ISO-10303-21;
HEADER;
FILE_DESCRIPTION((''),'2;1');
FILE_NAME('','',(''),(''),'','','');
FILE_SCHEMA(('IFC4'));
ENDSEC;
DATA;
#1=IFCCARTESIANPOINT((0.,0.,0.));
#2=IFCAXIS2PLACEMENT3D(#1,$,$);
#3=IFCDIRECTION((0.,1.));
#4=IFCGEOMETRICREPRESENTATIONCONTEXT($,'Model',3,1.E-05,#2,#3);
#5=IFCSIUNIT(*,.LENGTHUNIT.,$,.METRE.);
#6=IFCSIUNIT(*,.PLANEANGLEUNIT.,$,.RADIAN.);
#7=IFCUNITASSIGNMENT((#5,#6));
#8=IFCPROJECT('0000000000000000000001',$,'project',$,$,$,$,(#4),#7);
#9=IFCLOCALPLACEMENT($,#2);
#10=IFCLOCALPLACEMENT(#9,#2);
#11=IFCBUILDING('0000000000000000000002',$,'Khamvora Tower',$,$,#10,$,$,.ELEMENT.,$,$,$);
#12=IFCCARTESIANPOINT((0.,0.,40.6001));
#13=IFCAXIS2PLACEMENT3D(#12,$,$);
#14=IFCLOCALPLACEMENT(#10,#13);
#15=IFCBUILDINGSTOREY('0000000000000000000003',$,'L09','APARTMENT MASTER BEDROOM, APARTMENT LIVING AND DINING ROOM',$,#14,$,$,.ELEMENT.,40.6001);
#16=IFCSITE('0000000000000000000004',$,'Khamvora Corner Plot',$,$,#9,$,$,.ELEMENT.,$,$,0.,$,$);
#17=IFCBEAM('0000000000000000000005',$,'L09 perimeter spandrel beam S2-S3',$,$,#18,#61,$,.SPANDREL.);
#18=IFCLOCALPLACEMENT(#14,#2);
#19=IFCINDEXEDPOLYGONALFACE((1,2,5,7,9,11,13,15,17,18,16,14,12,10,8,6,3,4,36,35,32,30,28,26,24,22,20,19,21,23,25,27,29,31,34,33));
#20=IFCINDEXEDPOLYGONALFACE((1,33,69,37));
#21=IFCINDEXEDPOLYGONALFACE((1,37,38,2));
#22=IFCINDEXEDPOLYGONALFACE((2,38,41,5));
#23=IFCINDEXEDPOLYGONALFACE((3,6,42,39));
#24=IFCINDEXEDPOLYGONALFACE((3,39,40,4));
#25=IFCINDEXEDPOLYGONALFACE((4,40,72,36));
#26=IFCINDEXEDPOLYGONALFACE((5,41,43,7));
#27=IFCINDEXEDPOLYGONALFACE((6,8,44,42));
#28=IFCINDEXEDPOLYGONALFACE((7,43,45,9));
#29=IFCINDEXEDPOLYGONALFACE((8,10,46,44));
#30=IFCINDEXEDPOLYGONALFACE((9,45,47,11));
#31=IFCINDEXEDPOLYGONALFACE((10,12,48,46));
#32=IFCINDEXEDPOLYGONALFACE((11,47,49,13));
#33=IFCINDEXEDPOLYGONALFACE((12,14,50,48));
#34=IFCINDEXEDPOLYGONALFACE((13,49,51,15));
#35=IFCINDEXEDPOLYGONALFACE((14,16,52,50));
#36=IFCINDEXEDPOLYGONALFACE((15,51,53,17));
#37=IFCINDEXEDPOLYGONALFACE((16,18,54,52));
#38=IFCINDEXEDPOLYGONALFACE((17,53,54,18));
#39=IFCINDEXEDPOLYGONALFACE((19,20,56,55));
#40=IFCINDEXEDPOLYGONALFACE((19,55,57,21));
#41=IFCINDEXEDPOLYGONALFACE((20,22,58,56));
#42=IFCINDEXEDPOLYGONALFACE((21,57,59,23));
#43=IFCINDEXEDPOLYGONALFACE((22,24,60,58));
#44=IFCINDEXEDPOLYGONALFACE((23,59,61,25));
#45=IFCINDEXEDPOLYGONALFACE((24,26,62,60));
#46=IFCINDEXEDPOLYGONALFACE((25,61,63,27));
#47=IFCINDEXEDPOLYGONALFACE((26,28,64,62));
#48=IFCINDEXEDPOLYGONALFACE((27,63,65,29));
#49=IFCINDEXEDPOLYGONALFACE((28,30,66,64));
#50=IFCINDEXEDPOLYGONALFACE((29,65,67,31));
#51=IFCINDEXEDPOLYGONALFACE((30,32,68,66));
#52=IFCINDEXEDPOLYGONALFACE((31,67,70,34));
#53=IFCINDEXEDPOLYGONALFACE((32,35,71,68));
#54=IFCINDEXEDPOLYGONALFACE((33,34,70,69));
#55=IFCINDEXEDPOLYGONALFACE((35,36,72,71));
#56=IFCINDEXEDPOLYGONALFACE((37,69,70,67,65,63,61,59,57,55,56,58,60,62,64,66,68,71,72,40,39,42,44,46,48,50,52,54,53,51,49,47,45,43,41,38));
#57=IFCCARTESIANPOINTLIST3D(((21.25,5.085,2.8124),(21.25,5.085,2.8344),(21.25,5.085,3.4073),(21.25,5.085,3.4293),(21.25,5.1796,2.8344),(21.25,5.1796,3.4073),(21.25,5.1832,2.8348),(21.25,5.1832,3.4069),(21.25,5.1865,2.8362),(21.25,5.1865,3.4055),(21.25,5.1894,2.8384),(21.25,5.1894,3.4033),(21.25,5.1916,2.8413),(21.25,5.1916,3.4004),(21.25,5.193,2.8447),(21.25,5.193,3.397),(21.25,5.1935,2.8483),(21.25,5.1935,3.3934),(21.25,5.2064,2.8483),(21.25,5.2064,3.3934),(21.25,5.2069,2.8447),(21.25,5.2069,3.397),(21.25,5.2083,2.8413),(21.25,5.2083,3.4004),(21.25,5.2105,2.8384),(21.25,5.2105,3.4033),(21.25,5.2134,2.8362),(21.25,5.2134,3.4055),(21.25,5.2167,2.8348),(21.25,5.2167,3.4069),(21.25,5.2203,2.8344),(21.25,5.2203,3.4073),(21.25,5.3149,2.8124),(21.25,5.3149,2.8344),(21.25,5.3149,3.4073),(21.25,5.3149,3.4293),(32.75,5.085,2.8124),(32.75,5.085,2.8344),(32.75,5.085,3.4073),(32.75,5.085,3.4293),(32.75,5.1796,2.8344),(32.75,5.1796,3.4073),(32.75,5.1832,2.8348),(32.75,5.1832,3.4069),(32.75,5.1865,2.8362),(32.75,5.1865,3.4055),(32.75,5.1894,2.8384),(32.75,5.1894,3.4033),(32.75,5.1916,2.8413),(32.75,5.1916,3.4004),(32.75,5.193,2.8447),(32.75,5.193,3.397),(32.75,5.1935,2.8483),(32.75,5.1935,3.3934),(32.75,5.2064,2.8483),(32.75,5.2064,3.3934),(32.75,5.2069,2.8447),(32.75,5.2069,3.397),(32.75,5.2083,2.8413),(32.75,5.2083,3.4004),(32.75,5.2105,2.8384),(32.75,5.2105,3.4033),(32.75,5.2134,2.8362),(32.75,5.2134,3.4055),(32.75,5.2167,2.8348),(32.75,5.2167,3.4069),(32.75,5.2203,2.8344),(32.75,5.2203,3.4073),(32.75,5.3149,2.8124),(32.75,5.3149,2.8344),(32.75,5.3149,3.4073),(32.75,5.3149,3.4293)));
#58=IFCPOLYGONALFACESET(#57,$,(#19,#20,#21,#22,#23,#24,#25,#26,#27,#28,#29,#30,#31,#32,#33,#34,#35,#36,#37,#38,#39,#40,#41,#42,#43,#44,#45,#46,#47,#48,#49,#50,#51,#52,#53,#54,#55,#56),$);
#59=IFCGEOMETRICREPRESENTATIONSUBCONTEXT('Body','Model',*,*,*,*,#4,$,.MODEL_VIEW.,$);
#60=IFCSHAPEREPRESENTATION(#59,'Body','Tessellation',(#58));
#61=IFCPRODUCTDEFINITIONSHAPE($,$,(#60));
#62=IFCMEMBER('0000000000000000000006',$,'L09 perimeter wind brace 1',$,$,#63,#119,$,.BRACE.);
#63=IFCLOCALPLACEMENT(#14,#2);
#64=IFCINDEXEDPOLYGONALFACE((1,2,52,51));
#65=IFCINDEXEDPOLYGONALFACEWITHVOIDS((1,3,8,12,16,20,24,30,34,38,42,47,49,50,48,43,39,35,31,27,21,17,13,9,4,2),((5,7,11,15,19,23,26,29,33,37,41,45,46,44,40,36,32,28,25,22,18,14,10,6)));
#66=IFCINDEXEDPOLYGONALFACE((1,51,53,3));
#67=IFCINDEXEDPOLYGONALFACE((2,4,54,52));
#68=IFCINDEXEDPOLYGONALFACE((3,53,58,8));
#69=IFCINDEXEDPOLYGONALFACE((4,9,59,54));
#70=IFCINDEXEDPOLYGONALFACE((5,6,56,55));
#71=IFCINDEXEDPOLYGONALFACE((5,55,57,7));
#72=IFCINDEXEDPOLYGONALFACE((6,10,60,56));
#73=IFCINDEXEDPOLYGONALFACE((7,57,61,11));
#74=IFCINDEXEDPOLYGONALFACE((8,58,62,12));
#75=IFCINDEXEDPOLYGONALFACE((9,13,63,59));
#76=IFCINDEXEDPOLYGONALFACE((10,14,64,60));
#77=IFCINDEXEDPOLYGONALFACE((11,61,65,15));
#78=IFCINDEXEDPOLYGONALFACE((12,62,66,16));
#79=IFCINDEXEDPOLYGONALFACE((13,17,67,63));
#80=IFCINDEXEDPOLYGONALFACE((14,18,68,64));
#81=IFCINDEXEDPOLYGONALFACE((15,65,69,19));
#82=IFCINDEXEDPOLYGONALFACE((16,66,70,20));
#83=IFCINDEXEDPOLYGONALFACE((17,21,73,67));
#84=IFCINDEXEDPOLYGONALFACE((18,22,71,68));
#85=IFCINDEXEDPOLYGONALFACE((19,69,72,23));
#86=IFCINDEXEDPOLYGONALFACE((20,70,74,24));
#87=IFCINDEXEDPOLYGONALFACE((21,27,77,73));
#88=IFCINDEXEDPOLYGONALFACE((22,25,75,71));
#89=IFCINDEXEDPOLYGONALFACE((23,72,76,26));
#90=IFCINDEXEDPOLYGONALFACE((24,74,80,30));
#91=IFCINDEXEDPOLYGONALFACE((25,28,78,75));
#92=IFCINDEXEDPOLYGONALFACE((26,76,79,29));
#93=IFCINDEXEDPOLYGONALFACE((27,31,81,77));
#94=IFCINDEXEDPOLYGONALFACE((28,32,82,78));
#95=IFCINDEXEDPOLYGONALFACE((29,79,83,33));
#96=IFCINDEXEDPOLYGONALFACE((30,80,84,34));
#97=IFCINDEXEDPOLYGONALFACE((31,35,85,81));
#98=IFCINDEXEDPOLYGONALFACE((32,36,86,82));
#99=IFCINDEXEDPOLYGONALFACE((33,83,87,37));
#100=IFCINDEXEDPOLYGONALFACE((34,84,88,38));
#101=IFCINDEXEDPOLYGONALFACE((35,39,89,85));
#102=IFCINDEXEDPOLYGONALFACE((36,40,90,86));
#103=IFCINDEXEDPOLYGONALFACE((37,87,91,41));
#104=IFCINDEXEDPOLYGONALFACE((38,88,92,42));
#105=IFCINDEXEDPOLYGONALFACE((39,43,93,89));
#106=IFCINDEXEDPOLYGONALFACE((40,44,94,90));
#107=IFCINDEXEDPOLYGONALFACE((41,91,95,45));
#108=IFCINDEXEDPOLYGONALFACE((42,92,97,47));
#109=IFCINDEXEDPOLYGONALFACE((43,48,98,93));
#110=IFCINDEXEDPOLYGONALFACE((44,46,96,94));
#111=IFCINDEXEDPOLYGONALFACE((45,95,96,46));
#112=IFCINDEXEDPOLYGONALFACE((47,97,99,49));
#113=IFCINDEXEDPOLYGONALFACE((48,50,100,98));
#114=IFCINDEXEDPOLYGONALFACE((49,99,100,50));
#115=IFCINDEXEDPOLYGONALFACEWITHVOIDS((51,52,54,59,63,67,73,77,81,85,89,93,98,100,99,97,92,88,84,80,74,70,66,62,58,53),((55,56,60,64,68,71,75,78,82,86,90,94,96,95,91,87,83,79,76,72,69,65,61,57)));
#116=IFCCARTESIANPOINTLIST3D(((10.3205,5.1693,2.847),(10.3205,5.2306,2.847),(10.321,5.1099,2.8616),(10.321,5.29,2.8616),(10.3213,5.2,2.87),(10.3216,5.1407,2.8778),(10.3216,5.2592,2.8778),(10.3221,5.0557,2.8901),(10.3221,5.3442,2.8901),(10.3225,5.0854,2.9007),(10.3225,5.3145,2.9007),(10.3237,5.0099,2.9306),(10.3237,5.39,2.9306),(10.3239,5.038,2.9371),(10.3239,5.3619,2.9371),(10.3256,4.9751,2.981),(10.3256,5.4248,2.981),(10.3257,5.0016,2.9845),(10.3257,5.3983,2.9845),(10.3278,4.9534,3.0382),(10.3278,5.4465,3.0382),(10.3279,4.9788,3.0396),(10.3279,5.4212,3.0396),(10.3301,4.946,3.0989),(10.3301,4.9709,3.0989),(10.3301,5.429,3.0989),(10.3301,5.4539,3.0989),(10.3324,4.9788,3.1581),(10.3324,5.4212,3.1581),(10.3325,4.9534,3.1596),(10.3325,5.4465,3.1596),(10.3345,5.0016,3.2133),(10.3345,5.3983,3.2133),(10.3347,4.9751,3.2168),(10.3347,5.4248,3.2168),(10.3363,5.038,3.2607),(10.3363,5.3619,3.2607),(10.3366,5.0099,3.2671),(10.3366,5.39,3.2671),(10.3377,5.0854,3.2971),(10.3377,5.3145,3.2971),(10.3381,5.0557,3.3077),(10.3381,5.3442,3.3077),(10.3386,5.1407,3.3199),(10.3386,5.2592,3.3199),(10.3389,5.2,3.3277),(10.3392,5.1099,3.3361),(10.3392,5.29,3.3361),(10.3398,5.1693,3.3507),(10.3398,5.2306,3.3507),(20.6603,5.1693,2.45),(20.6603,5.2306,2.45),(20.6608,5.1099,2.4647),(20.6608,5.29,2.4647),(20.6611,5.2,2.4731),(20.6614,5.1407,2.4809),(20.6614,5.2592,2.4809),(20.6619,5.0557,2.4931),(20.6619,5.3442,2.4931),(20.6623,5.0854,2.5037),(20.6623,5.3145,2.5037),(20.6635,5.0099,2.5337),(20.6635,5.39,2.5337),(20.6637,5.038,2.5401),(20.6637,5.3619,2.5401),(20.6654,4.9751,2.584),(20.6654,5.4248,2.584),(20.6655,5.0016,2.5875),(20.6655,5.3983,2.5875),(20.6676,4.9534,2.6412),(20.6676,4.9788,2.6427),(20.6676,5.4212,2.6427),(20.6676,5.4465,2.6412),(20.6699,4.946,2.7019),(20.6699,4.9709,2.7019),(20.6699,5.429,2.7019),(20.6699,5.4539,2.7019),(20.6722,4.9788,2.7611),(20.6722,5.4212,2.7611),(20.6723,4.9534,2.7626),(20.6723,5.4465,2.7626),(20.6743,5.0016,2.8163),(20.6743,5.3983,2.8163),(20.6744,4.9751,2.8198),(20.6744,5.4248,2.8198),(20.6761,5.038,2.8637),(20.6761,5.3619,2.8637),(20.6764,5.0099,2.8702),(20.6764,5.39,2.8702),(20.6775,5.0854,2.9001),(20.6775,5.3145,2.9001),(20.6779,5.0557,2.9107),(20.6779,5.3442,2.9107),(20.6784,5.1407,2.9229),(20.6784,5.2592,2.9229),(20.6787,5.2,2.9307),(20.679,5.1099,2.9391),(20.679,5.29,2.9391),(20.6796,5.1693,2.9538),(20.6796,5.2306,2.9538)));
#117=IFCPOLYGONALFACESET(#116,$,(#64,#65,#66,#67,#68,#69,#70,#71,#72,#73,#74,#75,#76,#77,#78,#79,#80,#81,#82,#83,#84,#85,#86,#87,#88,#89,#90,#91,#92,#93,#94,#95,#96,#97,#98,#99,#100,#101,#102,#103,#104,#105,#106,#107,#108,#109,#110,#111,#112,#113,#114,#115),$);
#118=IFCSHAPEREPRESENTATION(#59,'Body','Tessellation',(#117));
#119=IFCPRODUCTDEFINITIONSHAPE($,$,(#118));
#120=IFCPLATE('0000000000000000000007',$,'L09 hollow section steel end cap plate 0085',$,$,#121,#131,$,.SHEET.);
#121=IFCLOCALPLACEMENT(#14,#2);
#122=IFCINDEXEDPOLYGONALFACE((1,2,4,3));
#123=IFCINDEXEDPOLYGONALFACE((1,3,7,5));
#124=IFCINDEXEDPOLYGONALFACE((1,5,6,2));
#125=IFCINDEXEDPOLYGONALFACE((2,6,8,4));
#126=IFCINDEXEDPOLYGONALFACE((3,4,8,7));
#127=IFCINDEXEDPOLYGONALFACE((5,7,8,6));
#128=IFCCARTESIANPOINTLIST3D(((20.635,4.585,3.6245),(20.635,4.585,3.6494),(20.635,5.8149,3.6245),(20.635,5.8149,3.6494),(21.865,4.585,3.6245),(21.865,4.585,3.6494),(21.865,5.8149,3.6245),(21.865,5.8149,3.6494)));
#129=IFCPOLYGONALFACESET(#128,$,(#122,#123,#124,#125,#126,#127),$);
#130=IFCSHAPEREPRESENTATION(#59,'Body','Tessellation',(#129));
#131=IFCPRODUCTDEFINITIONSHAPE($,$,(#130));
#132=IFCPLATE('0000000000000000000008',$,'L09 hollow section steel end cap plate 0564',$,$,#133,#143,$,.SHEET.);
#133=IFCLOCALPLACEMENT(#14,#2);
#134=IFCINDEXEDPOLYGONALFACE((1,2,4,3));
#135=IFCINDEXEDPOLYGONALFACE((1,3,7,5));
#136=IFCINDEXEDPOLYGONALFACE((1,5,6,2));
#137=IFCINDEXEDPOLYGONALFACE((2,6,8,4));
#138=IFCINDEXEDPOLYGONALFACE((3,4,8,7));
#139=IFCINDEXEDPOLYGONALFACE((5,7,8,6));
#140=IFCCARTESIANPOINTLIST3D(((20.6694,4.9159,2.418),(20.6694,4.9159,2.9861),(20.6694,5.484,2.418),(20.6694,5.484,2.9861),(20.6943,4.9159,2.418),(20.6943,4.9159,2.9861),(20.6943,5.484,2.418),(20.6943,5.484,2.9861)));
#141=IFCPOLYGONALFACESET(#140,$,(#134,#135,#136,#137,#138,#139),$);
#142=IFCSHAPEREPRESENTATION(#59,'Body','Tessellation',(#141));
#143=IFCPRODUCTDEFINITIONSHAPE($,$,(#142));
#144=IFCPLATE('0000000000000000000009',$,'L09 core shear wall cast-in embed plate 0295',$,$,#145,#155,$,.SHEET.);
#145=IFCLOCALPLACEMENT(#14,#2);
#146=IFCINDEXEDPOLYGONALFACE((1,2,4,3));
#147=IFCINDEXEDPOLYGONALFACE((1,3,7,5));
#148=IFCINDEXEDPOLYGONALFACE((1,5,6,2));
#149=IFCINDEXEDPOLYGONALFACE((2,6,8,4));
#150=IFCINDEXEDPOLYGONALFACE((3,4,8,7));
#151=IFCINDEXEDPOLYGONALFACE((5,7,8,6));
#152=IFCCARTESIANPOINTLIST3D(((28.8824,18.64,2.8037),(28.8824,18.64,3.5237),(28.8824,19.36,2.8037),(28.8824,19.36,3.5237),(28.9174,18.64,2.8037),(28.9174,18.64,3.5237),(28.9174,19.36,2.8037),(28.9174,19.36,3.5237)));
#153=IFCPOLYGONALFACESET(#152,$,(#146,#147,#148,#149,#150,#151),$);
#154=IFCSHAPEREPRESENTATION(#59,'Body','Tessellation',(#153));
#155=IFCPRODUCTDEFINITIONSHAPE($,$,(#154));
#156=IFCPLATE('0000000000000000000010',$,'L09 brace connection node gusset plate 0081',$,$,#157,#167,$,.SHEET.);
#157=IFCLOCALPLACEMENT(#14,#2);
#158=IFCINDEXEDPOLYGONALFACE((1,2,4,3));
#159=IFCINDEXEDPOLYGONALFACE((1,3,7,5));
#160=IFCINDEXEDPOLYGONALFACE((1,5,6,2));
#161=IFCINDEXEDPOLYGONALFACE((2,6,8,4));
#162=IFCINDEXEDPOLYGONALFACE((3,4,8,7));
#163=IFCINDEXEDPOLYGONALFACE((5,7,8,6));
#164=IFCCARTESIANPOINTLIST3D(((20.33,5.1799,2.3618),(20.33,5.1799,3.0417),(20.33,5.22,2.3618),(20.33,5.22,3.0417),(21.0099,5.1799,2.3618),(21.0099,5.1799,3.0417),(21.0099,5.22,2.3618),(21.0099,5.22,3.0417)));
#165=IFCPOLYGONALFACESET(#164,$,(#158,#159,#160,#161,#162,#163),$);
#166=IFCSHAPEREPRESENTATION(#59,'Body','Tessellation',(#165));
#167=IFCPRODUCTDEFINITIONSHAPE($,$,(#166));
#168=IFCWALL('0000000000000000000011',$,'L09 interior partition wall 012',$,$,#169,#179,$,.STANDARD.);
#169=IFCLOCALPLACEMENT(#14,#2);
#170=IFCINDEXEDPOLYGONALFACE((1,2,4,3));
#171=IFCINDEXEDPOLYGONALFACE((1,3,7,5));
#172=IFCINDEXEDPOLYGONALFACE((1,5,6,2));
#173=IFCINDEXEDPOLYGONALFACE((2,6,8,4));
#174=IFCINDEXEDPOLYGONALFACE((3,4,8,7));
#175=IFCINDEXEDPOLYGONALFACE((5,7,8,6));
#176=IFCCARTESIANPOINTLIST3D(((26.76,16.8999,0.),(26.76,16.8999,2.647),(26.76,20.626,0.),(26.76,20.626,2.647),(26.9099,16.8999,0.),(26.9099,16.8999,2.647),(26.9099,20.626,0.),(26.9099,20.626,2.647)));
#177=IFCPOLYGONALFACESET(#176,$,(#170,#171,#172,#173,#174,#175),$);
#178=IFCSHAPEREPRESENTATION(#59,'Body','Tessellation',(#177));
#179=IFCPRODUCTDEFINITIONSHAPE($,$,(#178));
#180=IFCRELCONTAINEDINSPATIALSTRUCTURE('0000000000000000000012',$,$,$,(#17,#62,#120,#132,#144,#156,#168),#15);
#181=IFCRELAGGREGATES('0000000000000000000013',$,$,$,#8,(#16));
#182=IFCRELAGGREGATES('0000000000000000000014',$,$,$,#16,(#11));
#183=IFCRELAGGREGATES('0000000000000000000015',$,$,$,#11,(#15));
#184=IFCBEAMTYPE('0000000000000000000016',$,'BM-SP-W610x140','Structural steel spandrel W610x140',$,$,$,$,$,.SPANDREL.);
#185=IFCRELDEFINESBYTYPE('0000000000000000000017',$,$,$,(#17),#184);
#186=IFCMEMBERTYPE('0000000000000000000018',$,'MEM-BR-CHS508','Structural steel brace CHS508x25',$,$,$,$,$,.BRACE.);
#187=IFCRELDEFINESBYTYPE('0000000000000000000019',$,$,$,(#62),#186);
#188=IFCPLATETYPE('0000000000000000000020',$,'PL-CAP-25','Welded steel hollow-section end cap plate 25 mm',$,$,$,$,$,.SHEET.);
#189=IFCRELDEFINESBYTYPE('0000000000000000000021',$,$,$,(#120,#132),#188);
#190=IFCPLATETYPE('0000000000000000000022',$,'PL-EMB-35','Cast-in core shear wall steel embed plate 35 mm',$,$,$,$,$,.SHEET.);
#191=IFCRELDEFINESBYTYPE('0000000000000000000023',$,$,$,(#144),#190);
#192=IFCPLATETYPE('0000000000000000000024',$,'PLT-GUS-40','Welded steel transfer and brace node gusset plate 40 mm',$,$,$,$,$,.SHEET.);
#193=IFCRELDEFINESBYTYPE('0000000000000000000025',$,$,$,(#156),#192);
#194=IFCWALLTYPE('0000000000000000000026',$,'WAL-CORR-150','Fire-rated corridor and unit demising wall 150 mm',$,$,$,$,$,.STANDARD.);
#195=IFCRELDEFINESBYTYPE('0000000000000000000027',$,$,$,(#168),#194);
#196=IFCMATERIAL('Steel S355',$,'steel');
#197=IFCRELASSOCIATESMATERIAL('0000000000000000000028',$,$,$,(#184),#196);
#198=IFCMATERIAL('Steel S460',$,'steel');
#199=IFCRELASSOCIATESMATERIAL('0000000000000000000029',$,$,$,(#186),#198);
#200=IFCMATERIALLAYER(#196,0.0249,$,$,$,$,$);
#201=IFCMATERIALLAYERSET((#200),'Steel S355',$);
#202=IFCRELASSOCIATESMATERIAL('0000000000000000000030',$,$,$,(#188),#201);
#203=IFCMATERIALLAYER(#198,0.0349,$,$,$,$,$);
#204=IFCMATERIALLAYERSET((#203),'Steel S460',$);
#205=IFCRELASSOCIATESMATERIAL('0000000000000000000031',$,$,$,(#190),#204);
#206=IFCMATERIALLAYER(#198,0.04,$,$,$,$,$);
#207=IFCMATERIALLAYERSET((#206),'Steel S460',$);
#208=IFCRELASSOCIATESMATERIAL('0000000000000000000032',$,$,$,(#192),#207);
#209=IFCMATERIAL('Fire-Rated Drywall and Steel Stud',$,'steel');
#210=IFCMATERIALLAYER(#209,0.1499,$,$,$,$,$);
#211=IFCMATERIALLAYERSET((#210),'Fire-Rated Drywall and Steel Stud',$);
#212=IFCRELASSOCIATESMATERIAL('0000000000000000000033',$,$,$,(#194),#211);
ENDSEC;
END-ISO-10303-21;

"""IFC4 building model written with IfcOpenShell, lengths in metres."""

from ifc_helpers import new_model, si_unit, direction, frame, frame_2d, origin, origin_2d, place, context, subcontext, project, spatial, rectangle, hollow_circle, i_section, extrude, material, layer, layer_set, material_profile, profile_set, type_object, element, save


model = new_model("IFC4")

# Units and contexts
model_context = context("Model", 3, precision=1e-05, world=origin(), true_north=direction((0.0, 1.0)))
body_context = subcontext(model_context, "Body", "Model", "MODEL_VIEW")
ifc_project = project(units=[si_unit("LENGTHUNIT", "METRE"), si_unit("PLANEANGLEUNIT", "RADIAN")], contexts=[model_context])

# Site, building, storey
site_placement = place(None, origin())
site = spatial("IfcSite", under=ifc_project, at=site_placement, Name="Khamvora Corner Plot", CompositionType="ELEMENT", RefElevation=0.0)
building_placement = place(site_placement, origin())
building = spatial("IfcBuilding", under=site, at=building_placement, Name="Khamvora Tower", CompositionType="ELEMENT")
storey_placement = place(building_placement, frame((0.0, 0.0, 40.6001)))
storey = spatial("IfcBuildingStorey", under=building, at=storey_placement, Name="L09", Description="APARTMENT MASTER BEDROOM, APARTMENT LIVING AND DINING ROOM", CompositionType="ELEMENT", Elevation=40.6001)

# Shared definitions
ifc_material_1 = material(Name="Steel S460", Category="steel")

# Beam
ifc_material_2 = material(Name="Steel S355", Category="steel")
ifc_material_profile_1 = material_profile(ifc_material_2, i_section(OverallWidth=0.23, OverallDepth=0.6169, WebThickness=0.0129, FlangeThickness=0.022, FilletRadius=0.0139, at=origin_2d()), Name="W610x140")
ifc_profile_set_1 = profile_set([ifc_material_profile_1], Name="Steel S355")
beam_type_1 = type_object("IfcBeamType", Name="BM-SP-W610x140", Description="Structural steel spandrel W610x140", PredefinedType="SPANDREL", material=ifc_profile_set_1)
beam_1_placement = place(storey_placement, frame((21.25, 5.2, 3.1208), z_axis=(1.0, 0.0, 0.0), x_axis=(0.0, 1.0, 0.0)))
element("IfcBeam", 1, at=beam_1_placement, inside=storey, type_object=beam_type_1, Name="L09 perimeter spandrel beam S2-S3", PredefinedType="SPANDREL", context=body_context, shape_type="SweptSolid", body=[
    extrude(i_section(OverallWidth=0.23, OverallDepth=0.6169, WebThickness=0.0129, FlangeThickness=0.022, FilletRadius=0.0139, at=origin_2d()), origin(), (0.0, 0.0, 1.0), 11.5),
])

# Member
ifc_material_profile_2 = material_profile(ifc_material_1, hollow_circle(Radius=0.2539, WallThickness=0.0249, at=origin_2d()), Name="CHS508x25")
ifc_profile_set_2 = profile_set([ifc_material_profile_2], Name="Steel S460")
member_type = type_object("IfcMemberType", Name="MEM-BR-CHS508", Description="Structural steel brace CHS508x25", PredefinedType="BRACE", material=ifc_profile_set_2)
member_placement = place(storey_placement, frame((20.6699, 5.2, 2.7019), z_axis=(-0.999264, 0.0, 0.038364), x_axis=(0.0, -1.0, 0.0)))
element("IfcMember", 2, at=member_placement, inside=storey, type_object=member_type, Name="L09 perimeter wind brace 1", PredefinedType="BRACE", context=body_context, shape_type="SweptSolid", body=[
    extrude(hollow_circle(Radius=0.2539, WallThickness=0.0249, at=origin_2d()), origin(), (0.0, 0.0, 1.0), 10.3474),
])

# Plates
ifc_layer_1 = layer(ifc_material_2, 0.0249)
ifc_layer_set_1 = layer_set([ifc_layer_1], Name="Steel S355")
plate_type_1 = type_object("IfcPlateType", Name="PL-CAP-25", Description="Welded steel hollow-section end cap plate 25 mm", PredefinedType="SHEET", material=ifc_layer_set_1)
plate_1_placement = place(storey_placement, frame((21.25, 5.2, 3.6245), z_axis=(0.0, 0.0, 1.0), x_axis=(1.0, 0.0, 0.0)))
element("IfcPlate", 3, at=plate_1_placement, inside=storey, type_object=plate_type_1, Name="L09 hollow section steel end cap plate 0085", PredefinedType="SHEET", context=body_context, shape_type="SweptSolid", body=[
    extrude(rectangle(XDim=1.23, YDim=1.23, at=origin_2d()), origin(), (0.0, 0.0, 1.0), 0.0249),
])
plate_2_placement = place(storey_placement, frame((20.6819, 5.2, 2.418), z_axis=(0.0, 0.0, 1.0), x_axis=(-1.0, 0.0, 0.0)))
element("IfcPlate", 4, at=plate_2_placement, inside=storey, type_object=plate_type_1, Name="L09 hollow section steel end cap plate 0564", PredefinedType="SHEET", context=body_context, shape_type="SweptSolid", body=[
    extrude(rectangle(XDim=0.0249, YDim=0.5681, at=origin_2d()), origin(), (0.0, 0.0, 1.0), 0.5681),
])
ifc_layer_2 = layer(ifc_material_1, 0.0349)
ifc_layer_set_2 = layer_set([ifc_layer_2], Name="Steel S460")
plate_type_2 = type_object("IfcPlateType", Name="PL-EMB-35", Description="Cast-in core shear wall steel embed plate 35 mm", PredefinedType="SHEET", material=ifc_layer_set_2)
plate_3_placement = place(storey_placement, frame((28.8999, 19.0, 2.8037), z_axis=(0.0, 0.0, 1.0), x_axis=(1.0, 0.0, 0.0)))
element("IfcPlate", 5, at=plate_3_placement, inside=storey, type_object=plate_type_2, Name="L09 core shear wall cast-in embed plate 0295", PredefinedType="SHEET", context=body_context, shape_type="SweptSolid", body=[
    extrude(rectangle(XDim=0.0349, YDim=0.72, at=origin_2d()), origin(), (0.0, 0.0, 1.0), 0.72),
])
ifc_layer_3 = layer(ifc_material_1, 0.04)
ifc_layer_set_3 = layer_set([ifc_layer_3], Name="Steel S460")
plate_type_3 = type_object("IfcPlateType", Name="PLT-GUS-40", Description="Welded steel transfer and brace node gusset plate 40 mm", PredefinedType="SHEET", material=ifc_layer_set_3)
plate_4_placement = place(storey_placement, frame((20.6699, 5.2, 2.3618), z_axis=(0.0, 0.0, 1.0), x_axis=(1.0, 0.0, 0.0)))
element("IfcPlate", 6, at=plate_4_placement, inside=storey, type_object=plate_type_3, Name="L09 brace connection node gusset plate 0081", PredefinedType="SHEET", context=body_context, shape_type="SweptSolid", body=[
    extrude(rectangle(XDim=0.6799, YDim=0.04, at=origin_2d()), origin(), (0.0, 0.0, 1.0), 0.6799),
])

# Wall
ifc_material_3 = material(Name="Fire-Rated Drywall and Steel Stud", Category="steel")
ifc_layer_4 = layer(ifc_material_3, 0.1499)
ifc_layer_set_4 = layer_set([ifc_layer_4], Name="Fire-Rated Drywall and Steel Stud")
wall_type_1 = type_object("IfcWallType", Name="WAL-CORR-150", Description="Fire-rated corridor and unit demising wall 150 mm", PredefinedType="STANDARD", material=ifc_layer_set_4)
wall_1_placement = place(storey_placement, frame((26.835, 16.8999, 0.0), z_axis=(0.0, 0.0, 1.0), x_axis=(0.0, 1.0, 0.0)))
element("IfcWall", 7, at=wall_1_placement, inside=storey, type_object=wall_type_1, Name="L09 interior partition wall 012", PredefinedType="STANDARD", context=body_context, shape_type="SweptSolid", body=[
    extrude(rectangle(XDim=3.7261, YDim=0.1499, at=frame_2d((1.863, 0.0))), origin(), (0.0, 0.0, 1.0), 2.647),
])

save(model, "model.ifc")
